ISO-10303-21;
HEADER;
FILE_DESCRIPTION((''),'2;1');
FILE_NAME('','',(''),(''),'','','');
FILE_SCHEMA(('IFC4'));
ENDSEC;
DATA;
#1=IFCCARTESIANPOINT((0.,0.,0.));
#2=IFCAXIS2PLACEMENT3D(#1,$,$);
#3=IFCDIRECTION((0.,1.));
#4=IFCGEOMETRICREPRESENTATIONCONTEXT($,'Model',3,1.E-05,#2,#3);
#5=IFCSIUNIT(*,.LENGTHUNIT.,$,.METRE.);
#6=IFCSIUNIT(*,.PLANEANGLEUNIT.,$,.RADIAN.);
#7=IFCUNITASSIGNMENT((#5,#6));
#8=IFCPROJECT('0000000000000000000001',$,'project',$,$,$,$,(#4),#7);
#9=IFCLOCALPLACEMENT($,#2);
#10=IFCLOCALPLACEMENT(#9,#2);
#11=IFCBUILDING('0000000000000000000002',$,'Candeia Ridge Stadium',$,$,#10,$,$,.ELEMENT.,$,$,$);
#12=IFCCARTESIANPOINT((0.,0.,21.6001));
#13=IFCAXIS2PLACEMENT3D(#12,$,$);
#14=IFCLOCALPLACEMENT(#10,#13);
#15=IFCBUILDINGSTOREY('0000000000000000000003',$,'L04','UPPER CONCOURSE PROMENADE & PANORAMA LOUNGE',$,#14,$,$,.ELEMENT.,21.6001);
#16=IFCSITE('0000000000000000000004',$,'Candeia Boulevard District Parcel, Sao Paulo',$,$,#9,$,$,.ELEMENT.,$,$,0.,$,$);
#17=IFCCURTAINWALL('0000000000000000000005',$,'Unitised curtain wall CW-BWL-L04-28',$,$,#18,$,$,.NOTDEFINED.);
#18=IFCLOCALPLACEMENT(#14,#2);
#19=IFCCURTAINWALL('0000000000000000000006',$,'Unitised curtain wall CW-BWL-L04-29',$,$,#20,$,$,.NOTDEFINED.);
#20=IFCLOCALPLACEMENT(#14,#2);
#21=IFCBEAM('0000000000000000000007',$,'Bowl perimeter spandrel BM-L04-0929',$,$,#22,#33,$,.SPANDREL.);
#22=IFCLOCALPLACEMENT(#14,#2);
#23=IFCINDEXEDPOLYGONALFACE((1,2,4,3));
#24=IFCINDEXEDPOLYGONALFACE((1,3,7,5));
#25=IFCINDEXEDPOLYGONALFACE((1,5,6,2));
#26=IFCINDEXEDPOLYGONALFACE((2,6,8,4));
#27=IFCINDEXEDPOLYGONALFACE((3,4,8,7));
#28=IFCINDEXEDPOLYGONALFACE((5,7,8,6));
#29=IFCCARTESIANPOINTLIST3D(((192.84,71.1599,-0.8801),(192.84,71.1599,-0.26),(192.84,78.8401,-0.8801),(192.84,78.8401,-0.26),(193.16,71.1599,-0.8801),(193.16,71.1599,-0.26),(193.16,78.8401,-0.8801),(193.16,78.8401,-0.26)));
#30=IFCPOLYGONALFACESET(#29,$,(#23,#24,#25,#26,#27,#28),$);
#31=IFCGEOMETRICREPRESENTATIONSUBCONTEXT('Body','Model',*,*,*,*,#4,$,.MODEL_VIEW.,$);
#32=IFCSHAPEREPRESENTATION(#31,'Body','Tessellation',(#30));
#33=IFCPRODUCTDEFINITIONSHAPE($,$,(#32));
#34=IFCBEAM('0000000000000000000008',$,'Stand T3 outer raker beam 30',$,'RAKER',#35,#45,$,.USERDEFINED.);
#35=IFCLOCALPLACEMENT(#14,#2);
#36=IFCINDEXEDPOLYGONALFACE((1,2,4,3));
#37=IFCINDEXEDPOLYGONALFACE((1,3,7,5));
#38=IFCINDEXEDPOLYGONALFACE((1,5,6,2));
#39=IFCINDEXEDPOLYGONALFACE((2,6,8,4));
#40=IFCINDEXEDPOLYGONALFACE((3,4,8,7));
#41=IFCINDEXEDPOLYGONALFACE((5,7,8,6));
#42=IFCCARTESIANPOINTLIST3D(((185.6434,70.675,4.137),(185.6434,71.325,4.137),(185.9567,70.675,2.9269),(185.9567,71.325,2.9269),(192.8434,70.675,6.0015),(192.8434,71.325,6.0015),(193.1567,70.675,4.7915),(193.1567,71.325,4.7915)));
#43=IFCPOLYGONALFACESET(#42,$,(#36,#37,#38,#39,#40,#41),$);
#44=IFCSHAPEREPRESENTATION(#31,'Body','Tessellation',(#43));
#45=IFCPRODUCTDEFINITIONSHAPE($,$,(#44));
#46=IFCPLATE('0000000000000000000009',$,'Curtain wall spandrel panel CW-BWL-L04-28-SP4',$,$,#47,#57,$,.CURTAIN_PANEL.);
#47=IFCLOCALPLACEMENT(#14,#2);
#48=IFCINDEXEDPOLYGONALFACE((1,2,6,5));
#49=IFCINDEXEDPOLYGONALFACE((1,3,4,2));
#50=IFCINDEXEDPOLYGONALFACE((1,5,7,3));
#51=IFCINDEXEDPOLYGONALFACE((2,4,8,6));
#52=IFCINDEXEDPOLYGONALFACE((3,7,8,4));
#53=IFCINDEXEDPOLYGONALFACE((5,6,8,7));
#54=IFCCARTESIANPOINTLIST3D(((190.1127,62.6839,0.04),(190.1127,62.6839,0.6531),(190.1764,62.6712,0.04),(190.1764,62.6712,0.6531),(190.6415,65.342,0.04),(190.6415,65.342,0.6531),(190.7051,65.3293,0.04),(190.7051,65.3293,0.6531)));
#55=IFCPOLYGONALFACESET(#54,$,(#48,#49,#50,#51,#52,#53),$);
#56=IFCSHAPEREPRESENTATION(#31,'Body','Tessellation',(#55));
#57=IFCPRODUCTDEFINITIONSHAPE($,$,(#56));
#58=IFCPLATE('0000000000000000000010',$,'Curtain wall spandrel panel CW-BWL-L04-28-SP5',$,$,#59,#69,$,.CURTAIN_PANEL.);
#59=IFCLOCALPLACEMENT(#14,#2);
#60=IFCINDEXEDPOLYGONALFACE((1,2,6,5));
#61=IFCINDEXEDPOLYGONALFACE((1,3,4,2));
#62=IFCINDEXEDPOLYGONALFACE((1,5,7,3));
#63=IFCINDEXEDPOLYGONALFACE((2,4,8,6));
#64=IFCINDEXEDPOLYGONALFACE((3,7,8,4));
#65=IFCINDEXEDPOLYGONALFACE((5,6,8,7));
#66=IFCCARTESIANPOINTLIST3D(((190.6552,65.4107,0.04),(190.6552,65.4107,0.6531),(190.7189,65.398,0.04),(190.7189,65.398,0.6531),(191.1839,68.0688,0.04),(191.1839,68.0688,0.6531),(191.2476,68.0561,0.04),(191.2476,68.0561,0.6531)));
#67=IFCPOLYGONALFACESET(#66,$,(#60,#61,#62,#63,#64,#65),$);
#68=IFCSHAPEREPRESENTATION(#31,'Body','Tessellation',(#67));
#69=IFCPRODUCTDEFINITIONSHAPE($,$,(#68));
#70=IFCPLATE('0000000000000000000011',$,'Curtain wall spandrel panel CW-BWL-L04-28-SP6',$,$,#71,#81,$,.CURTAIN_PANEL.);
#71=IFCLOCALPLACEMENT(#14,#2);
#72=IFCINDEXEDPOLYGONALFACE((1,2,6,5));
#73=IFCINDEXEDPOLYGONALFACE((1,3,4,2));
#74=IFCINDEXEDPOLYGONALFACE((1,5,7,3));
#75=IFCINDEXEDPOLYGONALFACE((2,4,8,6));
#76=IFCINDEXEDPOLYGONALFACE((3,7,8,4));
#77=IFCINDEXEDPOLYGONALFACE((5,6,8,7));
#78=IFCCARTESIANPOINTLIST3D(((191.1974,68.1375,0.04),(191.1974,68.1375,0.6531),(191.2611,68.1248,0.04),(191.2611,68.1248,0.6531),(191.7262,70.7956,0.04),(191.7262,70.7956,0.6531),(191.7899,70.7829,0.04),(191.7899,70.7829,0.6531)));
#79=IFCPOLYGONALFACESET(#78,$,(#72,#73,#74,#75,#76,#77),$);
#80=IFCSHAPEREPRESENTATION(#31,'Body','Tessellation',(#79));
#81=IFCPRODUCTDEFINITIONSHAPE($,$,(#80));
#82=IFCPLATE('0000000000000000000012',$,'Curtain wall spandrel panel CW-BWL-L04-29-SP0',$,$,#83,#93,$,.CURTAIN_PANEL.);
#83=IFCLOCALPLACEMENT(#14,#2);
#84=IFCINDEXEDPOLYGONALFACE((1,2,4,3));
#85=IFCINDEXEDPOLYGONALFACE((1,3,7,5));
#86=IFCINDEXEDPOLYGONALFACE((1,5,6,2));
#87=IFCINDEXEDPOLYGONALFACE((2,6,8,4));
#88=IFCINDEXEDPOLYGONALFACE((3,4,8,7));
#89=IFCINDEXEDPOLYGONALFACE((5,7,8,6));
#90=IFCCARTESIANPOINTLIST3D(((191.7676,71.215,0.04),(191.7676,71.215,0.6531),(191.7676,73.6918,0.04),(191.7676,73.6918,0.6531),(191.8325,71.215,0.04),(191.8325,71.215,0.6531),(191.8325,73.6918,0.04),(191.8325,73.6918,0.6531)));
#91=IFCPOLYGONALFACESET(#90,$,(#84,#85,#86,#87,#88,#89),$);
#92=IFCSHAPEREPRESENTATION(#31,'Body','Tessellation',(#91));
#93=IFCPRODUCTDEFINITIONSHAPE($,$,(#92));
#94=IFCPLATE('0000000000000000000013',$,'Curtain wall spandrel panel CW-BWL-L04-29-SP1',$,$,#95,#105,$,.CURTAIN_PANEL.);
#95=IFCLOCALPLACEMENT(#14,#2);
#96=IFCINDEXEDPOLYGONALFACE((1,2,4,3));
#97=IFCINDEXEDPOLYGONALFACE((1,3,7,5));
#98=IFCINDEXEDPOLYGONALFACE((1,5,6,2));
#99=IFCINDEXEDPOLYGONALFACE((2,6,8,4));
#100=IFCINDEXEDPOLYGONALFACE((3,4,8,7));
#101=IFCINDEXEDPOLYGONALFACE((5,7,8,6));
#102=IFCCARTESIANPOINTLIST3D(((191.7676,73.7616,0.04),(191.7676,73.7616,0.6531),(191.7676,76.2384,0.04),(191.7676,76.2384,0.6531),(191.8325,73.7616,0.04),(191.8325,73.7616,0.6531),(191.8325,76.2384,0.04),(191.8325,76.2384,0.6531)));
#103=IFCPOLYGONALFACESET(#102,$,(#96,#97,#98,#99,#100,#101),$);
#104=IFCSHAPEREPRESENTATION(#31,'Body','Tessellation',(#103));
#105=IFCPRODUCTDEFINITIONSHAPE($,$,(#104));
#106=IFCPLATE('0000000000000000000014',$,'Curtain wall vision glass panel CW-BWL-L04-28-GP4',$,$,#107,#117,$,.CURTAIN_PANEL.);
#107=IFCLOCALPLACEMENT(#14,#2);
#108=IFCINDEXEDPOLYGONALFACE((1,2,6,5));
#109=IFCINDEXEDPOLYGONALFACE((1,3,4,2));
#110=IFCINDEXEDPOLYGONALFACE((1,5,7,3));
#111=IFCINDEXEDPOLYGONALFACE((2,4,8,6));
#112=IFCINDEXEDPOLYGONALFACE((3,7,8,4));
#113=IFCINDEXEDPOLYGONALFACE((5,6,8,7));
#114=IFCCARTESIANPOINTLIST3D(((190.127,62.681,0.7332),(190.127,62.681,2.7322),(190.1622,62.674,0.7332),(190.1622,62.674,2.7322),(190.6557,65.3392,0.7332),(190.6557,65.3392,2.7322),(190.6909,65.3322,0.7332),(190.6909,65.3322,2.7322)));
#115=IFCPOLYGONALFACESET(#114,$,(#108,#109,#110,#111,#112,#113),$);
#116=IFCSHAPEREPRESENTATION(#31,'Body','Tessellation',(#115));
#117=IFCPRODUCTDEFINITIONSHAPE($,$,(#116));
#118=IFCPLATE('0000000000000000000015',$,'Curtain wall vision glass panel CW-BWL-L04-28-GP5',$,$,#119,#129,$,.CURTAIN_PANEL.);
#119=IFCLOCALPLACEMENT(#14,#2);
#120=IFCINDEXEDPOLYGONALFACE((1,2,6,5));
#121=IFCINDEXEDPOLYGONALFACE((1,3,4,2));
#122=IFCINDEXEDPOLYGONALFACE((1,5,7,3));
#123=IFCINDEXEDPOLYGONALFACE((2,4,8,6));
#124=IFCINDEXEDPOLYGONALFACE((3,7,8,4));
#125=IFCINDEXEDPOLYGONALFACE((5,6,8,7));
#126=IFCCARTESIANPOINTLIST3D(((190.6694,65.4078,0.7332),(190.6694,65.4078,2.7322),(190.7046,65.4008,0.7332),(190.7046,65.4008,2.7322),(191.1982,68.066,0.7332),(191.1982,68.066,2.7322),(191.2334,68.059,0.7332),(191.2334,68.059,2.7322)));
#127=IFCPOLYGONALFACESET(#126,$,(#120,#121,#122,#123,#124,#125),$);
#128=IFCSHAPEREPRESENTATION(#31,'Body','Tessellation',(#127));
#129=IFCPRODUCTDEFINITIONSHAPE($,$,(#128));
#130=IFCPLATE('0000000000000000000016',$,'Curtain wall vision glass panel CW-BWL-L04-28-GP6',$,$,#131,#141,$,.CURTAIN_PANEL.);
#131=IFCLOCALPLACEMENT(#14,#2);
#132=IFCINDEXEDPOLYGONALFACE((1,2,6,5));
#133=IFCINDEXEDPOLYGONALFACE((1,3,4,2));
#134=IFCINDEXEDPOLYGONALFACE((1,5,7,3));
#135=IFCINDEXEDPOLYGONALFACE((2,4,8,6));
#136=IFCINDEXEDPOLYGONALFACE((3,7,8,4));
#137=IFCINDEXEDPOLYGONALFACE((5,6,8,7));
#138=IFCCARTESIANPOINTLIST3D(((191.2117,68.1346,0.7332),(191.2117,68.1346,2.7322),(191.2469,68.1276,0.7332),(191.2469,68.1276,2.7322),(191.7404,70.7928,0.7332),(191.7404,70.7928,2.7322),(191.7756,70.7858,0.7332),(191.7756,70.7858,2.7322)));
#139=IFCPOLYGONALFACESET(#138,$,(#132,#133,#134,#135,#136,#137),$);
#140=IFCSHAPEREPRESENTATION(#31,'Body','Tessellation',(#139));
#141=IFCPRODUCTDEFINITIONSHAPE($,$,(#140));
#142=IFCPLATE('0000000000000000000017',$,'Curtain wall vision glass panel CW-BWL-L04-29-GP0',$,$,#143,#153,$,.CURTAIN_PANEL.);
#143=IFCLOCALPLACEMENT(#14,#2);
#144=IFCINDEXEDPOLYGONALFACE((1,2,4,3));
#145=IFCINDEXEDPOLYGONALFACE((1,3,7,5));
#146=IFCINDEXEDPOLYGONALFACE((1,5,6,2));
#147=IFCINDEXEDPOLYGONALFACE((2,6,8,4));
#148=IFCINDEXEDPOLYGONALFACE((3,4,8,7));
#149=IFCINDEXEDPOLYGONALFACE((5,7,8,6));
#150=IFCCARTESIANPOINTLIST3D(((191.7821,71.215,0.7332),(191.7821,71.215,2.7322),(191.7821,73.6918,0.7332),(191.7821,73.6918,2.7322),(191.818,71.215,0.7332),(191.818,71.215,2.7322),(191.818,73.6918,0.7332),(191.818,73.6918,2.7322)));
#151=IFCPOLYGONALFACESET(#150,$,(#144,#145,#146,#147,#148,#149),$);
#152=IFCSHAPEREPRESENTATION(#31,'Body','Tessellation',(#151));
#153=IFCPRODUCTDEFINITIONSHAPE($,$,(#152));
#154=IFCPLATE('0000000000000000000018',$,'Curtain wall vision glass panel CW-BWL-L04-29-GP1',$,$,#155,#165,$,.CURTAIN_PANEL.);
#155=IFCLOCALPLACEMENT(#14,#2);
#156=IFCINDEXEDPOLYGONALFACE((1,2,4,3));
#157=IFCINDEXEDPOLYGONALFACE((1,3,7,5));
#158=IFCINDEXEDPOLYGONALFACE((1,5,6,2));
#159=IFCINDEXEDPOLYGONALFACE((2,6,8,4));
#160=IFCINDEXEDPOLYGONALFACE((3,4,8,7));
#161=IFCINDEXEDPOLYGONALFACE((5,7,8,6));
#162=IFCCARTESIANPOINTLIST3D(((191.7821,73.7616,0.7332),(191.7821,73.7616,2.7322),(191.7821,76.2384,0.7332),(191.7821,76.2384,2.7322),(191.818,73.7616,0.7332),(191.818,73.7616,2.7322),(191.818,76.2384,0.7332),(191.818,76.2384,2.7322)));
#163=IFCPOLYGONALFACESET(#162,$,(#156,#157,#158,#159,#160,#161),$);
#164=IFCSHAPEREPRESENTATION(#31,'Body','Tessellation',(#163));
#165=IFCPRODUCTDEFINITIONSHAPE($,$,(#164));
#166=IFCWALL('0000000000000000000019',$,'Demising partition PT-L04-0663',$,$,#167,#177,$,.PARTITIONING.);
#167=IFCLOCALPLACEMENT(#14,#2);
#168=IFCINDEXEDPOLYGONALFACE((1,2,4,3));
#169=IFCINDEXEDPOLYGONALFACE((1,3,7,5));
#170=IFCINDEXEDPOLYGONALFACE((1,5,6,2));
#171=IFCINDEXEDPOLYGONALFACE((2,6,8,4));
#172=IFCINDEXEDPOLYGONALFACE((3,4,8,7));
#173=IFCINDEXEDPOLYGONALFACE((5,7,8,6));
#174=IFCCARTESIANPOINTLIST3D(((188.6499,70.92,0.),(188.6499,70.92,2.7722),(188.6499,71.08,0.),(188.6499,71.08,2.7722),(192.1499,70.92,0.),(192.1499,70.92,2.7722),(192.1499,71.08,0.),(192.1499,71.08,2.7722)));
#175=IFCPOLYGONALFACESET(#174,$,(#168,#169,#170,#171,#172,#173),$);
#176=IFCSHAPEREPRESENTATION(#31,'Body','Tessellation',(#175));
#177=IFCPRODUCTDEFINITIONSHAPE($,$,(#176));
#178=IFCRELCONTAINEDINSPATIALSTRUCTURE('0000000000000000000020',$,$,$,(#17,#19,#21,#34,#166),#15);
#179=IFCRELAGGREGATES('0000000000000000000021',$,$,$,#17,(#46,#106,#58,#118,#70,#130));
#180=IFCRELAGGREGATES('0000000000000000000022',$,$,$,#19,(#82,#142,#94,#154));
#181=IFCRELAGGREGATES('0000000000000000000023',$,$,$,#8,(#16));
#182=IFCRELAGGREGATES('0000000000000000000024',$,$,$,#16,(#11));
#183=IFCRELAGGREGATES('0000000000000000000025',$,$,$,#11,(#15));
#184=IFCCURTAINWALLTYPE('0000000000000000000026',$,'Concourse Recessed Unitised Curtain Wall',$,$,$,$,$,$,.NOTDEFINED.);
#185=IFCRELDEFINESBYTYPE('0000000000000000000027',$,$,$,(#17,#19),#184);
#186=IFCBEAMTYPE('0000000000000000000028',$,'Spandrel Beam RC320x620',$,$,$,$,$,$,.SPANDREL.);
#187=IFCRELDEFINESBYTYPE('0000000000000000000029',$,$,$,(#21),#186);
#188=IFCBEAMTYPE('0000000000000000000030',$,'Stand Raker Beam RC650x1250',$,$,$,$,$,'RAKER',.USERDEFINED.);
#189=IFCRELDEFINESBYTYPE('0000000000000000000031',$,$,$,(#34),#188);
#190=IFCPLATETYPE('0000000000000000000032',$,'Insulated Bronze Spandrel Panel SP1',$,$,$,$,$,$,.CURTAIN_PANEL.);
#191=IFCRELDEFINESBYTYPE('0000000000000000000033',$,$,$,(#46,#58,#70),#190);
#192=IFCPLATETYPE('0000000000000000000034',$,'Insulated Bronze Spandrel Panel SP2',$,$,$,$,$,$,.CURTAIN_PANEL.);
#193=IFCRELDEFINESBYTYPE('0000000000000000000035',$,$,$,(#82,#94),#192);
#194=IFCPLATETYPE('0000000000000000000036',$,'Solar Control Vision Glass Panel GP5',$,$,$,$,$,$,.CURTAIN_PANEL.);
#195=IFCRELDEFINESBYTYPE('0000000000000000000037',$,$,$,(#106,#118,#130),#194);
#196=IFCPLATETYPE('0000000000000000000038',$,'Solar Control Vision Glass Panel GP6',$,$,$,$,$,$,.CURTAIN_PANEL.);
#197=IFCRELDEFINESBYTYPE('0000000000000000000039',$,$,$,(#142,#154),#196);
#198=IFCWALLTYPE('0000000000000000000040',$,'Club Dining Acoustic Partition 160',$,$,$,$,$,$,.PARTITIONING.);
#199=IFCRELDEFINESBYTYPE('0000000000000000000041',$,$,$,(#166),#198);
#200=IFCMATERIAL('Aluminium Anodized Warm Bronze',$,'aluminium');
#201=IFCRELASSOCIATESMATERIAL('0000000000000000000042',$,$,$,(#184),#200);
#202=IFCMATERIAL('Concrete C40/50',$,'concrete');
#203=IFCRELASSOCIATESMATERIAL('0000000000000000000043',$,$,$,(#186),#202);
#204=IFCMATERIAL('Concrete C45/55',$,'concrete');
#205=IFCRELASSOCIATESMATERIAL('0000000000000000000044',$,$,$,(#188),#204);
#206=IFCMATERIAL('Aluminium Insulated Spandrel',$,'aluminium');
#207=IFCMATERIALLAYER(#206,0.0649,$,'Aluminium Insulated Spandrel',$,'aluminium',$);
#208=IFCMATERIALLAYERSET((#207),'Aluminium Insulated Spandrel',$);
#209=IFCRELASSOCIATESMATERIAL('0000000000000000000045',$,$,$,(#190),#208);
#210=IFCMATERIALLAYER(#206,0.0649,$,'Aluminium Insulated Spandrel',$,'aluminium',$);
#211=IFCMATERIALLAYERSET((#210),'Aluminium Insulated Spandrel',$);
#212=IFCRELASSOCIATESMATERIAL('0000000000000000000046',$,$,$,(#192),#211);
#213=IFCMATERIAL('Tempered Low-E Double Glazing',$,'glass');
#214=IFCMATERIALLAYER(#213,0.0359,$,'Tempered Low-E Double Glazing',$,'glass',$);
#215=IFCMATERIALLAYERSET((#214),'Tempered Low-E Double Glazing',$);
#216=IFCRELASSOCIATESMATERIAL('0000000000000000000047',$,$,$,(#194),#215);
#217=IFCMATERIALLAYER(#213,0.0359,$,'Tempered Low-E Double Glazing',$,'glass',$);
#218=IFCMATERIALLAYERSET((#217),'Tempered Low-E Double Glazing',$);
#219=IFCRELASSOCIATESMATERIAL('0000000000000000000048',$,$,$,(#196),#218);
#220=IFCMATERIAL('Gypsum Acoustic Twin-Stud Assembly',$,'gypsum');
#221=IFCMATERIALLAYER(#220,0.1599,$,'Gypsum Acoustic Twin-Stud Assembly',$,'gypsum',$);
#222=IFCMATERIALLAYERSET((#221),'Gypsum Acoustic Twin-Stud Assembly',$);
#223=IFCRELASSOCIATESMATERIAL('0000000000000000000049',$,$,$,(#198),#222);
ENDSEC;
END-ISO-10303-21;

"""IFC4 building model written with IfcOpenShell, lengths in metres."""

from ifc_helpers import new_model, si_unit, direction, frame, frame_2d, origin, origin_2d, place, context, subcontext, project, spatial, rectangle, extrude, material, layer, layer_set, material_profile, profile_set, type_object, element, aggregate, save


model = new_model("IFC4")

# Units and contexts
model_context = context("Model", 3, precision=1e-05, world=origin(), true_north=direction((0.0, 1.0)))
body_context = subcontext(model_context, "Body", "Model", "MODEL_VIEW")
ifc_project = project(units=[si_unit("LENGTHUNIT", "METRE"), si_unit("PLANEANGLEUNIT", "RADIAN")], contexts=[model_context])

# Site, building, storey
site_placement = place(None, origin())
site = spatial("IfcSite", under=ifc_project, at=site_placement, Name="Candeia Boulevard District Parcel, Sao Paulo", CompositionType="ELEMENT", RefElevation=0.0)
building_placement = place(site_placement, origin())
building = spatial("IfcBuilding", under=site, at=building_placement, Name="Candeia Ridge Stadium", CompositionType="ELEMENT")
storey_placement = place(building_placement, frame((0.0, 0.0, 21.6001)))
storey = spatial("IfcBuildingStorey", under=building, at=storey_placement, Name="L04", Description="UPPER CONCOURSE PROMENADE & PANORAMA LOUNGE", CompositionType="ELEMENT", Elevation=21.6001)

# Shared definitions
ifc_material_1 = material(Name="Concrete C45/55", Category="concrete")

# Curtain walls
ifc_material_2 = material(Name="Aluminium Anodized Warm Bronze", Category="aluminium")
curtain_wall_type = type_object("IfcCurtainWallType", Name="Concourse Recessed Unitised Curtain Wall", PredefinedType="NOTDEFINED", material=ifc_material_2)
curtain_wall_1_placement = place(storey_placement, origin())
curtain_wall_1 = element("IfcCurtainWall", 1, at=curtain_wall_1_placement, inside=storey, type_object=curtain_wall_type, Name="Unitised curtain wall CW-BWL-L04-28", PredefinedType="NOTDEFINED")
curtain_wall_2_placement = place(storey_placement, origin())
curtain_wall_2 = element("IfcCurtainWall", 2, at=curtain_wall_2_placement, inside=storey, type_object=curtain_wall_type, Name="Unitised curtain wall CW-BWL-L04-29", PredefinedType="NOTDEFINED")

# Beams
ifc_material_3 = material(Name="Concrete C40/50", Category="concrete")
ifc_material_profile_1 = material_profile(ifc_material_3, rectangle(XDim=0.3201, YDim=0.6201, at=origin_2d()), Name="RC320x620", Category="concrete")
ifc_profile_set_1 = profile_set([ifc_material_profile_1], Name="Concrete C40/50")
beam_type_1 = type_object("IfcBeamType", Name="Spandrel Beam RC320x620", PredefinedType="SPANDREL", material=ifc_profile_set_1)
beam_1_placement = place(storey_placement, frame((193.0, 71.1599, -0.5701), z_axis=(0.0, 1.0, 0.0), x_axis=(-1.0, 0.0, 0.0)))
element("IfcBeam", 3, at=beam_1_placement, inside=storey, type_object=beam_type_1, Name="Bowl perimeter spandrel BM-L04-0929", PredefinedType="SPANDREL", context=body_context, shape_type="SweptSolid", body=[
    extrude(rectangle(XDim=0.3201, YDim=0.6201, at=origin_2d()), origin(), (0.0, 0.0, 1.0), 7.6802),
])
ifc_material_profile_2 = material_profile(ifc_material_1, rectangle(XDim=0.6499, YDim=1.25, at=origin_2d()), Name="RC650x1250", Category="concrete")
ifc_profile_set_2 = profile_set([ifc_material_profile_2], Name="Concrete C45/55")
beam_type_2 = type_object("IfcBeamType", Name="Stand Raker Beam RC650x1250", ElementType="RAKER", PredefinedType="USERDEFINED", material=ifc_profile_set_2)
beam_2_placement = place(storey_placement, frame((185.8, 71.0, 3.532), z_axis=(0.968067, 0.0, 0.250691), x_axis=(0.0, 1.0, 0.0)))
element("IfcBeam", 4, at=beam_2_placement, inside=storey, type_object=beam_type_2, Name="Stand T3 outer raker beam 30", ObjectType="RAKER", PredefinedType="USERDEFINED", context=body_context, shape_type="SweptSolid", body=[
    extrude(rectangle(XDim=0.6499, YDim=1.25, at=origin_2d()), origin(), (0.0, 0.0, 1.0), 7.4375),
])

# Plates
ifc_material_4 = material(Name="Aluminium Insulated Spandrel", Category="aluminium")
ifc_layer_1 = layer(ifc_material_4, 0.0649, Name="Aluminium Insulated Spandrel", Category="aluminium")
ifc_layer_set_1 = layer_set([ifc_layer_1], Name="Aluminium Insulated Spandrel")
plate_type_1 = type_object("IfcPlateType", Name="Insulated Bronze Spandrel Panel SP1", PredefinedType="CURTAIN_PANEL", material=ifc_layer_set_1)
plate_1_placement = place(storey_placement, frame((190.4089, 64.0066, 0.04), z_axis=(0.0, 0.0, 1.0), x_axis=(0.19509, 0.980785, 0.0)))
plate_1 = element("IfcPlate", 5, at=plate_1_placement, type_object=plate_type_1, Name="Curtain wall spandrel panel CW-BWL-L04-28-SP4", PredefinedType="CURTAIN_PANEL", context=body_context, shape_type="SweptSolid", body=[
    extrude(rectangle(XDim=2.7102, YDim=0.0649, at=origin_2d()), origin(), (0.0, 0.0, 1.0), 0.613),
])
plate_2_placement = place(storey_placement, frame((190.9514, 66.7334, 0.04), z_axis=(0.0, 0.0, 1.0), x_axis=(0.19509, 0.980785, 0.0)))
plate_2 = element("IfcPlate", 6, at=plate_2_placement, type_object=plate_type_1, Name="Curtain wall spandrel panel CW-BWL-L04-28-SP5", PredefinedType="CURTAIN_PANEL", context=body_context, shape_type="SweptSolid", body=[
    extrude(rectangle(XDim=2.7102, YDim=0.0649, at=origin_2d()), origin(), (0.0, 0.0, 1.0), 0.613),
])
plate_3_placement = place(storey_placement, frame((191.4937, 69.4602, 0.04), z_axis=(0.0, 0.0, 1.0), x_axis=(0.19509, 0.980785, 0.0)))
plate_3 = element("IfcPlate", 7, at=plate_3_placement, type_object=plate_type_1, Name="Curtain wall spandrel panel CW-BWL-L04-28-SP6", PredefinedType="CURTAIN_PANEL", context=body_context, shape_type="SweptSolid", body=[
    extrude(rectangle(XDim=2.7102, YDim=0.0649, at=origin_2d()), origin(), (0.0, 0.0, 1.0), 0.613),
])
ifc_layer_2 = layer(ifc_material_4, 0.0649, Name="Aluminium Insulated Spandrel", Category="aluminium")
ifc_layer_set_2 = layer_set([ifc_layer_2], Name="Aluminium Insulated Spandrel")
plate_type_2 = type_object("IfcPlateType", Name="Insulated Bronze Spandrel Panel SP2", PredefinedType="CURTAIN_PANEL", material=ifc_layer_set_2)
plate_4_placement = place(storey_placement, frame((191.8, 72.4534, 0.04), z_axis=(0.0, 0.0, 1.0), x_axis=(0.0, 1.0, 0.0)))
plate_4 = element("IfcPlate", 8, at=plate_4_placement, type_object=plate_type_2, Name="Curtain wall spandrel panel CW-BWL-L04-29-SP0", PredefinedType="CURTAIN_PANEL", context=body_context, shape_type="SweptSolid", body=[
    extrude(rectangle(XDim=2.4768, YDim=0.0649, at=origin_2d()), origin(), (0.0, 0.0, 1.0), 0.613),
])
plate_5_placement = place(storey_placement, frame((191.8, 75.0, 0.04), z_axis=(0.0, 0.0, 1.0), x_axis=(0.0, 1.0, 0.0)))
plate_5 = element("IfcPlate", 9, at=plate_5_placement, type_object=plate_type_2, Name="Curtain wall spandrel panel CW-BWL-L04-29-SP1", PredefinedType="CURTAIN_PANEL", context=body_context, shape_type="SweptSolid", body=[
    extrude(rectangle(XDim=2.4768, YDim=0.0649, at=origin_2d()), origin(), (0.0, 0.0, 1.0), 0.613),
])
ifc_material_5 = material(Name="Tempered Low-E Double Glazing", Category="glass")
ifc_layer_3 = layer(ifc_material_5, 0.0359, Name="Tempered Low-E Double Glazing", Category="glass")
ifc_layer_set_3 = layer_set([ifc_layer_3], Name="Tempered Low-E Double Glazing")
plate_type_3 = type_object("IfcPlateType", Name="Solar Control Vision Glass Panel GP5", PredefinedType="CURTAIN_PANEL", material=ifc_layer_set_3)
plate_6_placement = place(storey_placement, frame((190.4089, 64.0066, 0.7332), z_axis=(0.0, 0.0, 1.0), x_axis=(0.19509, 0.980785, 0.0)))
plate_6 = element("IfcPlate", 10, at=plate_6_placement, type_object=plate_type_3, Name="Curtain wall vision glass panel CW-BWL-L04-28-GP4", PredefinedType="CURTAIN_PANEL", context=body_context, shape_type="SweptSolid", body=[
    extrude(rectangle(XDim=2.7102, YDim=0.0359, at=origin_2d()), origin(), (0.0, 0.0, 1.0), 1.999),
])
plate_7_placement = place(storey_placement, frame((190.9514, 66.7334, 0.7332), z_axis=(0.0, 0.0, 1.0), x_axis=(0.19509, 0.980785, 0.0)))
plate_7 = element("IfcPlate", 11, at=plate_7_placement, type_object=plate_type_3, Name="Curtain wall vision glass panel CW-BWL-L04-28-GP5", PredefinedType="CURTAIN_PANEL", context=body_context, shape_type="SweptSolid", body=[
    extrude(rectangle(XDim=2.7102, YDim=0.0359, at=origin_2d()), origin(), (0.0, 0.0, 1.0), 1.999),
])
plate_8_placement = place(storey_placement, frame((191.4937, 69.4602, 0.7332), z_axis=(0.0, 0.0, 1.0), x_axis=(0.19509, 0.980785, 0.0)))
plate_8 = element("IfcPlate", 12, at=plate_8_placement, type_object=plate_type_3, Name="Curtain wall vision glass panel CW-BWL-L04-28-GP6", PredefinedType="CURTAIN_PANEL", context=body_context, shape_type="SweptSolid", body=[
    extrude(rectangle(XDim=2.7102, YDim=0.0359, at=origin_2d()), origin(), (0.0, 0.0, 1.0), 1.999),
])
aggregate(curtain_wall_1, [plate_1, plate_6, plate_2, plate_7, plate_3, plate_8])
ifc_layer_4 = layer(ifc_material_5, 0.0359, Name="Tempered Low-E Double Glazing", Category="glass")
ifc_layer_set_4 = layer_set([ifc_layer_4], Name="Tempered Low-E Double Glazing")
plate_type_4 = type_object("IfcPlateType", Name="Solar Control Vision Glass Panel GP6", PredefinedType="CURTAIN_PANEL", material=ifc_layer_set_4)
plate_9_placement = place(storey_placement, frame((191.8, 72.4534, 0.7332), z_axis=(0.0, 0.0, 1.0), x_axis=(0.0, 1.0, 0.0)))
plate_9 = element("IfcPlate", 13, at=plate_9_placement, type_object=plate_type_4, Name="Curtain wall vision glass panel CW-BWL-L04-29-GP0", PredefinedType="CURTAIN_PANEL", context=body_context, shape_type="SweptSolid", body=[
    extrude(rectangle(XDim=2.4768, YDim=0.0359, at=origin_2d()), origin(), (0.0, 0.0, 1.0), 1.999),
])
plate_10_placement = place(storey_placement, frame((191.8, 75.0, 0.7332), z_axis=(0.0, 0.0, 1.0), x_axis=(0.0, 1.0, 0.0)))
plate_10 = element("IfcPlate", 14, at=plate_10_placement, type_object=plate_type_4, Name="Curtain wall vision glass panel CW-BWL-L04-29-GP1", PredefinedType="CURTAIN_PANEL", context=body_context, shape_type="SweptSolid", body=[
    extrude(rectangle(XDim=2.4768, YDim=0.0359, at=origin_2d()), origin(), (0.0, 0.0, 1.0), 1.999),
])
aggregate(curtain_wall_2, [plate_4, plate_9, plate_5, plate_10])

# Wall
ifc_material_6 = material(Name="Gypsum Acoustic Twin-Stud Assembly", Category="gypsum")
ifc_layer_5 = layer(ifc_material_6, 0.1599, Name="Gypsum Acoustic Twin-Stud Assembly", Category="gypsum")
ifc_layer_set_5 = layer_set([ifc_layer_5], Name="Gypsum Acoustic Twin-Stud Assembly")
wall_type_1 = type_object("IfcWallType", Name="Club Dining Acoustic Partition 160", PredefinedType="PARTITIONING", material=ifc_layer_set_5)
wall_1_placement = place(storey_placement, frame((188.6499, 71.0, 0.0), z_axis=(0.0, 0.0, 1.0), x_axis=(1.0, 0.0, 0.0)))
element("IfcWall", 15, at=wall_1_placement, inside=storey, type_object=wall_type_1, Name="Demising partition PT-L04-0663", PredefinedType="PARTITIONING", context=body_context, shape_type="SweptSolid", body=[
    extrude(rectangle(XDim=3.5, YDim=0.1599, at=frame_2d((1.75, 0.0))), origin(), (0.0, 0.0, 1.0), 2.7722),
])

save(model, "model.ifc")
